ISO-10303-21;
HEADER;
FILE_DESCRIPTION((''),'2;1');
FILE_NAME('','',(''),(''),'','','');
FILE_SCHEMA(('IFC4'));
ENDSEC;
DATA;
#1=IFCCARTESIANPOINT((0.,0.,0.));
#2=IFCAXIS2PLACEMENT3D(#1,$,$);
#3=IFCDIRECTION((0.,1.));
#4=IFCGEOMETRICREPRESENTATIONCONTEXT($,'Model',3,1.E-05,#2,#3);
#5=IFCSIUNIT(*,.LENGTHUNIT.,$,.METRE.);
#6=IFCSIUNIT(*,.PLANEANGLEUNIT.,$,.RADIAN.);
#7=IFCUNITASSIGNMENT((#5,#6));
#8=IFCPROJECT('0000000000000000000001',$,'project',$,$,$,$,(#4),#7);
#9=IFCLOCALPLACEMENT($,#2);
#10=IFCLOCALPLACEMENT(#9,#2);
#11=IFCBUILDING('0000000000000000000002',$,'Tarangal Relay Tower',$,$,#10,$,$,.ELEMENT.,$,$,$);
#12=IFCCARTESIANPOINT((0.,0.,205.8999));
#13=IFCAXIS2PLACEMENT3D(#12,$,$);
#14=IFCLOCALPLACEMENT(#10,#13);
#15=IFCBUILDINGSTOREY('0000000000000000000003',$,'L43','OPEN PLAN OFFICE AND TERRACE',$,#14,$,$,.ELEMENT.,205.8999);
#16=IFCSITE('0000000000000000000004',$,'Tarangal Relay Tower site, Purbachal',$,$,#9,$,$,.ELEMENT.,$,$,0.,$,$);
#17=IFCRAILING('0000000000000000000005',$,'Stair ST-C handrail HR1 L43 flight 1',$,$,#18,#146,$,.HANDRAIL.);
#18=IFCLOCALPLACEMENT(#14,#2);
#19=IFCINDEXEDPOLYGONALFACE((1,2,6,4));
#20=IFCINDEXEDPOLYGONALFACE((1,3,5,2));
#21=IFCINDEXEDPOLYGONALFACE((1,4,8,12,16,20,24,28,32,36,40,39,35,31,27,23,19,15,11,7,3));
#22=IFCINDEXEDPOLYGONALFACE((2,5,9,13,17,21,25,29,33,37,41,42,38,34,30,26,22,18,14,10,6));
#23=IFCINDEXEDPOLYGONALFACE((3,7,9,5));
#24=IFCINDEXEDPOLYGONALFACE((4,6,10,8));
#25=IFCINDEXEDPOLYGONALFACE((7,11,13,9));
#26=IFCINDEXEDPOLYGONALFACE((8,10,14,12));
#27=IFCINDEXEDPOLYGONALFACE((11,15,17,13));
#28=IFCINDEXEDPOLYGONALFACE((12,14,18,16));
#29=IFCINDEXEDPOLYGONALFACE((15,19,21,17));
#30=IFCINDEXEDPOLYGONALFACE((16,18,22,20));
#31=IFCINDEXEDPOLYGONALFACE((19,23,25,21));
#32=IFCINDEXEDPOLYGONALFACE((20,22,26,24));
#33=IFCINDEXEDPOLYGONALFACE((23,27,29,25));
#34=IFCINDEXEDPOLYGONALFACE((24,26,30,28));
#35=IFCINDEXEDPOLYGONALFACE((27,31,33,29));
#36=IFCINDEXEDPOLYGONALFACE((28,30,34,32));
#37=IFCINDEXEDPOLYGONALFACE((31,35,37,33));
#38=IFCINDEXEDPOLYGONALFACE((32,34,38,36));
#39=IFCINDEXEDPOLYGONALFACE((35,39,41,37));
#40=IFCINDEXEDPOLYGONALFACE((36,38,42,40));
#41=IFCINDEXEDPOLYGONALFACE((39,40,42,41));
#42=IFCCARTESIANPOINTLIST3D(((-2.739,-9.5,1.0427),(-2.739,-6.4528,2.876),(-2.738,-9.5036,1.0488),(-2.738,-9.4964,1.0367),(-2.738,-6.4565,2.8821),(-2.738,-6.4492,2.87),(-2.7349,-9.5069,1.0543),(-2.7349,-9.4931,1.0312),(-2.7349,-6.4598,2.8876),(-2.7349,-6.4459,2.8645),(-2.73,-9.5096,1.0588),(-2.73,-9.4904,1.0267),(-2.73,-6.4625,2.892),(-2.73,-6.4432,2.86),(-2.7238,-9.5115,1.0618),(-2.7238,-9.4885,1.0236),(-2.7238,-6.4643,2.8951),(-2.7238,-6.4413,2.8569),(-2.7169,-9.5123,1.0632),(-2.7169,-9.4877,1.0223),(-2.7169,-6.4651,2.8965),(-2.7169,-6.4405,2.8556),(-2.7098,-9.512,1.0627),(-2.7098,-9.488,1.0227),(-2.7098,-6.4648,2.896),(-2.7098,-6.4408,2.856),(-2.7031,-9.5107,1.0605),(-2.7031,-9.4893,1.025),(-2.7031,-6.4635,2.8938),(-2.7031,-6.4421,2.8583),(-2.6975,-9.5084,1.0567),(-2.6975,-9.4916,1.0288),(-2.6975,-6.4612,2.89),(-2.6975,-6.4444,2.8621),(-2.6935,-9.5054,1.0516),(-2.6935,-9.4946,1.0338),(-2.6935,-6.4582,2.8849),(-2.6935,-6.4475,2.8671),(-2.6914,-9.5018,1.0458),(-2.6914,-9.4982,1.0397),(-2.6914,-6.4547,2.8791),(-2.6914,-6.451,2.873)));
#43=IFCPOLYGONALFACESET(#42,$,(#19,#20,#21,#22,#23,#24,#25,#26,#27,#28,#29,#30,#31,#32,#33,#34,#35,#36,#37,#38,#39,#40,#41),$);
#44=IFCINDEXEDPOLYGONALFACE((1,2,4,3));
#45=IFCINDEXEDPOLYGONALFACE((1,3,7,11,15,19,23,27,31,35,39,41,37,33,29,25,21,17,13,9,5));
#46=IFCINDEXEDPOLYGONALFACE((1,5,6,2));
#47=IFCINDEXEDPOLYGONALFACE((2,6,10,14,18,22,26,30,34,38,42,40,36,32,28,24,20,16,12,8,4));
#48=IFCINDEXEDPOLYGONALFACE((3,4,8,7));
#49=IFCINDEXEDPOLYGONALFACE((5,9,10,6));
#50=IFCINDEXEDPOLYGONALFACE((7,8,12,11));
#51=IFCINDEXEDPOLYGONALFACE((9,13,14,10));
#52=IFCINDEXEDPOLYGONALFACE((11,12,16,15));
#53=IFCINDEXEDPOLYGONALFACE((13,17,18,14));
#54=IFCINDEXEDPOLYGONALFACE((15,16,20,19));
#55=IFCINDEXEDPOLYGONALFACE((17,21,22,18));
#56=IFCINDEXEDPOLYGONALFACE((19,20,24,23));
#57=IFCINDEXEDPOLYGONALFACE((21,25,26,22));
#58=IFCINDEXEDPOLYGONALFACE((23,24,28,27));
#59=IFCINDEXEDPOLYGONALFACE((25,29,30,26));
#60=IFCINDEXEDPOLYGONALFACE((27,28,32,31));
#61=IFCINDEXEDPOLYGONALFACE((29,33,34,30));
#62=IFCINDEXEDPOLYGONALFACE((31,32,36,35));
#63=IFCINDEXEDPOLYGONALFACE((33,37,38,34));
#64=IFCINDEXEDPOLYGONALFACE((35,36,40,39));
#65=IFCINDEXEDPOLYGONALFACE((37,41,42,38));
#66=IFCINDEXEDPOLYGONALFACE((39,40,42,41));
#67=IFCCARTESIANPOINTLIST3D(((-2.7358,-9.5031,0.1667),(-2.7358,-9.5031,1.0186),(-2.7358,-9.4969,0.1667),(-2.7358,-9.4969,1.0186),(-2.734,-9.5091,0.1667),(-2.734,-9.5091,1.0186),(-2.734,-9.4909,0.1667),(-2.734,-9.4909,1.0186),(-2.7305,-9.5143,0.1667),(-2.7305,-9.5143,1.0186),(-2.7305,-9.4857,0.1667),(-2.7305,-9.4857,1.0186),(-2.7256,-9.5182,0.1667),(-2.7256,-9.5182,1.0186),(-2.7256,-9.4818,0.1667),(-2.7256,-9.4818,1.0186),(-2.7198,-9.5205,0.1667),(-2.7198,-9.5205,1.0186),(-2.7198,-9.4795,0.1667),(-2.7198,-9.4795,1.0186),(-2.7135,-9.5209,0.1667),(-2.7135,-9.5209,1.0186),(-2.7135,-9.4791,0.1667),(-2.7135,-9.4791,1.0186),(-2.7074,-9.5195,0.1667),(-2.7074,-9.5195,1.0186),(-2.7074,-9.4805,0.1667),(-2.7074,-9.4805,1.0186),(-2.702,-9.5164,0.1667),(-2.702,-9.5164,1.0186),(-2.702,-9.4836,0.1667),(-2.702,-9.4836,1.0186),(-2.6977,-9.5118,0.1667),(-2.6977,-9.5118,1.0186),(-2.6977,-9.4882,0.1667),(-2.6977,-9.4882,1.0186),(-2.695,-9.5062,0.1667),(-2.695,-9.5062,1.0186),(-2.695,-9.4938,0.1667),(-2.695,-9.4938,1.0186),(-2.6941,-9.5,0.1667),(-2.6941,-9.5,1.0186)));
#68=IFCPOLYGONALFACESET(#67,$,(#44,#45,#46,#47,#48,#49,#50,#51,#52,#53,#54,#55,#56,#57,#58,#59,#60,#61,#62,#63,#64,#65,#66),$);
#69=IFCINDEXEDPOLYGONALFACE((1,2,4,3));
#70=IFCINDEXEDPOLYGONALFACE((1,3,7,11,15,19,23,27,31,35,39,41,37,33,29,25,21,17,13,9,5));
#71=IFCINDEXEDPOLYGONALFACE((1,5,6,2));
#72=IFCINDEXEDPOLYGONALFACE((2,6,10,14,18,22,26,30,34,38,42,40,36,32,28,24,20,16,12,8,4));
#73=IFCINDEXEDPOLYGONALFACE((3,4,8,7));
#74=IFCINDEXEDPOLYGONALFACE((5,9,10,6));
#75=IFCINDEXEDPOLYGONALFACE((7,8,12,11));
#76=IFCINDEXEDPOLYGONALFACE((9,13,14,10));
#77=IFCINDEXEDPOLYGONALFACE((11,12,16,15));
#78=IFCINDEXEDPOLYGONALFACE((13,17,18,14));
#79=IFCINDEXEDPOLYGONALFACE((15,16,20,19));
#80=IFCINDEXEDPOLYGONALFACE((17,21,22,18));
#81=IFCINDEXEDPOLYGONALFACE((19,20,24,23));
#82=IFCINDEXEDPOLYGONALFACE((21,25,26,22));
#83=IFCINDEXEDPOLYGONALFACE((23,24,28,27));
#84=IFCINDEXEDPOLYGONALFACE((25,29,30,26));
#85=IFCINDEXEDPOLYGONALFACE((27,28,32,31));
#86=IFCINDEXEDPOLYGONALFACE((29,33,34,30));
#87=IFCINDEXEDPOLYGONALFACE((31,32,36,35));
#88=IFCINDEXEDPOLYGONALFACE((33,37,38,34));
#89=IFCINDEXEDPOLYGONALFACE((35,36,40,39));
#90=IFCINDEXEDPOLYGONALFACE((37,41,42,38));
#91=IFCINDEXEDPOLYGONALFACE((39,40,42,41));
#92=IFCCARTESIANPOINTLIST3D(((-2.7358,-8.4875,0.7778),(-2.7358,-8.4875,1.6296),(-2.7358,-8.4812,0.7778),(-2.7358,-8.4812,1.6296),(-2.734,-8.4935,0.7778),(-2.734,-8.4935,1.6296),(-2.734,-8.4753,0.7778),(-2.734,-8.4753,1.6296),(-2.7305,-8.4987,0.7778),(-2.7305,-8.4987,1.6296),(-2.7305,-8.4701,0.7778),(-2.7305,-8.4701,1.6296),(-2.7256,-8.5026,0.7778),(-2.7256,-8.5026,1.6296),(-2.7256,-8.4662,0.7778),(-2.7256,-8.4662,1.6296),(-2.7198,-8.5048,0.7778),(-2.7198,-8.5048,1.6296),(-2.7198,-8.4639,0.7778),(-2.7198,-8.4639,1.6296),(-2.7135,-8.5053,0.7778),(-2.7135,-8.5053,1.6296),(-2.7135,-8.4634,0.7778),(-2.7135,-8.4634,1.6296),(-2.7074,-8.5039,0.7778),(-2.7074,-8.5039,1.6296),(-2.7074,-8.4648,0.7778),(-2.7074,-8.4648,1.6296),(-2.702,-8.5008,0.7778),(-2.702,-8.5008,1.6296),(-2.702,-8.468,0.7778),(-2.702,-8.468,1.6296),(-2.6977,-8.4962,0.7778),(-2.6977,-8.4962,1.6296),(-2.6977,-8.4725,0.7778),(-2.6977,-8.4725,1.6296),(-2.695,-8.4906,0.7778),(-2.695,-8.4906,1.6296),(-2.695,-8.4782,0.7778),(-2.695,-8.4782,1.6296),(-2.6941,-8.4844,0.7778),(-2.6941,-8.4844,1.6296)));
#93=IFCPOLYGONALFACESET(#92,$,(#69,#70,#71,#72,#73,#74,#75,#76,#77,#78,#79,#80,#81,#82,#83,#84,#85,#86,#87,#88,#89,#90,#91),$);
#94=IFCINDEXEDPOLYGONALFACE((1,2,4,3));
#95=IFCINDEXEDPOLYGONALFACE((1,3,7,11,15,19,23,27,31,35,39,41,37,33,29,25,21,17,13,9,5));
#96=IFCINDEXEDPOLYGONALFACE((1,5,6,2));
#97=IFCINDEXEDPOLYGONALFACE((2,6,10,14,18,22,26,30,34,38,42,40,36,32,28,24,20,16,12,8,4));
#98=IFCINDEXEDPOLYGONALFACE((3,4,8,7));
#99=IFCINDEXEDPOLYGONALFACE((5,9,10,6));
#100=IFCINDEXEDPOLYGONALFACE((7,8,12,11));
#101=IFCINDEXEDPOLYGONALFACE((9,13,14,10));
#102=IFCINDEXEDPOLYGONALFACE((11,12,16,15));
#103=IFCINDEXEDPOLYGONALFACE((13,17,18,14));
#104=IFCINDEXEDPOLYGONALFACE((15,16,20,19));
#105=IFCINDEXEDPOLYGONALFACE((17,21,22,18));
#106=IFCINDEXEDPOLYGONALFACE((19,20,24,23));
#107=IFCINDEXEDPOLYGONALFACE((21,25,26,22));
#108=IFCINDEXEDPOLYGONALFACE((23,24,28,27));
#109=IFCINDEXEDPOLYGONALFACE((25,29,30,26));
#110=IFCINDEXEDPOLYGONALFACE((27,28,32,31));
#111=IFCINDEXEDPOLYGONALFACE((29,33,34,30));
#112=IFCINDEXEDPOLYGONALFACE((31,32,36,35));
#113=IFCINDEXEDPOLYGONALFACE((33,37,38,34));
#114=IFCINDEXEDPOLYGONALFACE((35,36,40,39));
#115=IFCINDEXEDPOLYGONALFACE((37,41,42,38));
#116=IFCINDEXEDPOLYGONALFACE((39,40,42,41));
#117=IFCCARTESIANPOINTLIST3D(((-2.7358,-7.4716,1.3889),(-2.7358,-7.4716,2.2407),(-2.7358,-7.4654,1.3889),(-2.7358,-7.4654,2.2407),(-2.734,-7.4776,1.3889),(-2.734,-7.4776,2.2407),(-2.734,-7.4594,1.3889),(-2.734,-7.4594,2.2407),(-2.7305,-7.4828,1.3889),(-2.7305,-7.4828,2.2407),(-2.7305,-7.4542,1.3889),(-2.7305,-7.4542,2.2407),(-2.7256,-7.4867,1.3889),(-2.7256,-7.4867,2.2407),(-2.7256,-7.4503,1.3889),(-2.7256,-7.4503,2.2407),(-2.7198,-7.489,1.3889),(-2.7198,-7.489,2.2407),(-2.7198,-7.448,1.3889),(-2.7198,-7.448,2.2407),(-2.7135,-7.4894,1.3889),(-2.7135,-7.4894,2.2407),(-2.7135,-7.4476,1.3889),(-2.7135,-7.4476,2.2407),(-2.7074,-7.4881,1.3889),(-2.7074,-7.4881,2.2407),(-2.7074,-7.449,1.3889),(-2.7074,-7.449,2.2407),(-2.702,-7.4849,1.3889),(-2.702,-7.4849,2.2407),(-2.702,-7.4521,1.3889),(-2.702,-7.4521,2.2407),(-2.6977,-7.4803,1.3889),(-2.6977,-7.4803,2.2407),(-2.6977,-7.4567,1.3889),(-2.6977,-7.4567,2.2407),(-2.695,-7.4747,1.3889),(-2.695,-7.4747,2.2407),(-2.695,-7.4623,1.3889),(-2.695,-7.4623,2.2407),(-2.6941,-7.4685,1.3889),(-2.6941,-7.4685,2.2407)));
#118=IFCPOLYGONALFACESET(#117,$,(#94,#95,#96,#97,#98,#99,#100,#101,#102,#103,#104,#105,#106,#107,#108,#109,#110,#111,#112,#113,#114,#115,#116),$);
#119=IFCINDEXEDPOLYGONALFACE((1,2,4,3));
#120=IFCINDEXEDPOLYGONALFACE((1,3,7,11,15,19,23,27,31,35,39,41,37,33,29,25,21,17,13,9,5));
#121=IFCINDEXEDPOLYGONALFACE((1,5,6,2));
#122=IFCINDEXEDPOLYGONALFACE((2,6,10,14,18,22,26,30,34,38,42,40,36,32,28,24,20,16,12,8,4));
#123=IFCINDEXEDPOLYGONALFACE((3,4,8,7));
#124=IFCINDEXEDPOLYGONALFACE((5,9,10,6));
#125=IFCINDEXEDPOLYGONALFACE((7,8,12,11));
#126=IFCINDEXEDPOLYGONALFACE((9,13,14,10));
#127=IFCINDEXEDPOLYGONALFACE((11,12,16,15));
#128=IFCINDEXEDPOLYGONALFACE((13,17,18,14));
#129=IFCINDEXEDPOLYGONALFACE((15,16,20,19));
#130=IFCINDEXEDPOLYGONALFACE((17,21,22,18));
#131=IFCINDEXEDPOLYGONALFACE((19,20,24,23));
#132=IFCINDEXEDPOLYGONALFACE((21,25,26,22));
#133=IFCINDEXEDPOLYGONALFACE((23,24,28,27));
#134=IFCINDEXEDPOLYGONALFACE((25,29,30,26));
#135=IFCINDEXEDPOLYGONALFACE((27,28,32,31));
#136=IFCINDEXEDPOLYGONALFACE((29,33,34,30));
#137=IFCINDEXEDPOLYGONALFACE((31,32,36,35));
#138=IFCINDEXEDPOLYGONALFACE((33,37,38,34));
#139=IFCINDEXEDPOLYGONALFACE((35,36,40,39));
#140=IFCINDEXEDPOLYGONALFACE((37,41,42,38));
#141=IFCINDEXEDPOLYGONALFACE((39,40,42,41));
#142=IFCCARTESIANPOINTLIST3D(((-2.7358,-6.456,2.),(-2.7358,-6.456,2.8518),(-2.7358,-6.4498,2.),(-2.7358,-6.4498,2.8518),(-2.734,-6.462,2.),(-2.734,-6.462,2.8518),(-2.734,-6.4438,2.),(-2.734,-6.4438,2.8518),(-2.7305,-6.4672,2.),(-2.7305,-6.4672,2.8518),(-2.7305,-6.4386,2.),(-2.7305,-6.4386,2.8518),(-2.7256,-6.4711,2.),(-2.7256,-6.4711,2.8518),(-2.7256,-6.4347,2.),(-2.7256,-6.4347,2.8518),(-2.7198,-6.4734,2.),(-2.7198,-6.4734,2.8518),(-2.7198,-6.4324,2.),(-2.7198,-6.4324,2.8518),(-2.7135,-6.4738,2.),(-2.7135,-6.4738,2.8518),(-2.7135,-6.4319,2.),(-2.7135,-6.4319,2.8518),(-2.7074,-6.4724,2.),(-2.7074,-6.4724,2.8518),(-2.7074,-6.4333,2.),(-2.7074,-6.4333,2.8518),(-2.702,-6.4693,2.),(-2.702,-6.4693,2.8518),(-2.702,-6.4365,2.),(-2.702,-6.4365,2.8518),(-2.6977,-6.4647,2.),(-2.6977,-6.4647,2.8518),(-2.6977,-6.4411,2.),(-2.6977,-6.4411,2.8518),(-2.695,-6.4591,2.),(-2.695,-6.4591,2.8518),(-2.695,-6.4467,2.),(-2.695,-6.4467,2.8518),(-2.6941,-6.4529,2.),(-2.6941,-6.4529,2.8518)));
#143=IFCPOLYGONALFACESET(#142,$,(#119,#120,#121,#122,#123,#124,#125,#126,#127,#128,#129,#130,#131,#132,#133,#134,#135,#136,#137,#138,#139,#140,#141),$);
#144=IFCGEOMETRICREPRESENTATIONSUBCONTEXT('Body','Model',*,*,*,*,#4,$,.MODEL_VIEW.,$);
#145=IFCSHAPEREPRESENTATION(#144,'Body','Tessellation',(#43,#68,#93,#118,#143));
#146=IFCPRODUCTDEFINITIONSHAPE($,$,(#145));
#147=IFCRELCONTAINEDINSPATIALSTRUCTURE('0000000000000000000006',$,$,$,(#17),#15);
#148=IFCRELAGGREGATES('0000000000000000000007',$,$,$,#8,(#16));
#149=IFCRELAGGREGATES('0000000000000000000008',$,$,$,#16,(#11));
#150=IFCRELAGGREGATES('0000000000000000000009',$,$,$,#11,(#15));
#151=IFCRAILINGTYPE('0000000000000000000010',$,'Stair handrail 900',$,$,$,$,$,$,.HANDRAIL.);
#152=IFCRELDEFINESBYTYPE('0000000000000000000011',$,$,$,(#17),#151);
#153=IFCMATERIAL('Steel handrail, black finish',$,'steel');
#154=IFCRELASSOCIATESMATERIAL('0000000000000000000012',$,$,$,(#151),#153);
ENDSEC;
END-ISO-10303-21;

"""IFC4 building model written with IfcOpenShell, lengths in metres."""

from ifc_helpers import new_model, si_unit, direction, frame, origin, origin_2d, place, context, subcontext, project, spatial, circle, extrude, material, type_object, element, save


model = new_model("IFC4")

# Units and contexts
model_context = context("Model", 3, precision=1e-05, world=origin(), true_north=direction((0.0, 1.0)))
body_context = subcontext(model_context, "Body", "Model", "MODEL_VIEW")
ifc_project = project(units=[si_unit("LENGTHUNIT", "METRE"), si_unit("PLANEANGLEUNIT", "RADIAN")], contexts=[model_context])

# Site, building, storey
site_placement = place(None, origin())
site = spatial("IfcSite", under=ifc_project, at=site_placement, Name="Tarangal Relay Tower site, Purbachal", CompositionType="ELEMENT", RefElevation=0.0)
building_placement = place(site_placement, origin())
building = spatial("IfcBuilding", under=site, at=building_placement, Name="Tarangal Relay Tower", CompositionType="ELEMENT")
storey_placement = place(building_placement, frame((0.0, 0.0, 205.8999)))
storey = spatial("IfcBuildingStorey", under=building, at=storey_placement, Name="L43", Description="OPEN PLAN OFFICE AND TERRACE", CompositionType="ELEMENT", Elevation=205.8999)

# Railing
ifc_material_1 = material(Name="Steel handrail, black finish", Category="steel")
railing_type_1 = type_object("IfcRailingType", Name="Stair handrail 900", PredefinedType="HANDRAIL", material=ifc_material_1)
railing_1_placement = place(storey_placement, frame((-2.7151, -9.5, 0.1667)))
element("IfcRailing", 1, at=railing_1_placement, inside=storey, type_object=railing_type_1, Name="Stair ST-C handrail HR1 L43 flight 1", PredefinedType="HANDRAIL", context=body_context, shape_type="SweptSolid", body=[
    extrude(circle(Radius=0.0239, at=origin_2d()), frame((0.0, 0.0, 0.876), z_axis=(0.0, 0.856874, 0.515525), x_axis=(-1.0, 0.0, 0.0)), (0.0, 0.0, 1.0), 3.5562),
    extrude(circle(Radius=0.021, at=origin_2d()), origin(), (0.0, 0.0, 1.0), 0.8518),
    extrude(circle(Radius=0.021, at=origin_2d()), frame((0.0, 1.0156, 0.6111)), (0.0, 0.0, 1.0), 0.8518),
    extrude(circle(Radius=0.021, at=origin_2d()), frame((0.0, 2.0315, 1.2222)), (0.0, 0.0, 1.0), 0.8518),
    extrude(circle(Radius=0.021, at=origin_2d()), frame((0.0, 3.0471, 1.8333)), (0.0, 0.0, 1.0), 0.8518),
])

save(model, "model.ifc")
